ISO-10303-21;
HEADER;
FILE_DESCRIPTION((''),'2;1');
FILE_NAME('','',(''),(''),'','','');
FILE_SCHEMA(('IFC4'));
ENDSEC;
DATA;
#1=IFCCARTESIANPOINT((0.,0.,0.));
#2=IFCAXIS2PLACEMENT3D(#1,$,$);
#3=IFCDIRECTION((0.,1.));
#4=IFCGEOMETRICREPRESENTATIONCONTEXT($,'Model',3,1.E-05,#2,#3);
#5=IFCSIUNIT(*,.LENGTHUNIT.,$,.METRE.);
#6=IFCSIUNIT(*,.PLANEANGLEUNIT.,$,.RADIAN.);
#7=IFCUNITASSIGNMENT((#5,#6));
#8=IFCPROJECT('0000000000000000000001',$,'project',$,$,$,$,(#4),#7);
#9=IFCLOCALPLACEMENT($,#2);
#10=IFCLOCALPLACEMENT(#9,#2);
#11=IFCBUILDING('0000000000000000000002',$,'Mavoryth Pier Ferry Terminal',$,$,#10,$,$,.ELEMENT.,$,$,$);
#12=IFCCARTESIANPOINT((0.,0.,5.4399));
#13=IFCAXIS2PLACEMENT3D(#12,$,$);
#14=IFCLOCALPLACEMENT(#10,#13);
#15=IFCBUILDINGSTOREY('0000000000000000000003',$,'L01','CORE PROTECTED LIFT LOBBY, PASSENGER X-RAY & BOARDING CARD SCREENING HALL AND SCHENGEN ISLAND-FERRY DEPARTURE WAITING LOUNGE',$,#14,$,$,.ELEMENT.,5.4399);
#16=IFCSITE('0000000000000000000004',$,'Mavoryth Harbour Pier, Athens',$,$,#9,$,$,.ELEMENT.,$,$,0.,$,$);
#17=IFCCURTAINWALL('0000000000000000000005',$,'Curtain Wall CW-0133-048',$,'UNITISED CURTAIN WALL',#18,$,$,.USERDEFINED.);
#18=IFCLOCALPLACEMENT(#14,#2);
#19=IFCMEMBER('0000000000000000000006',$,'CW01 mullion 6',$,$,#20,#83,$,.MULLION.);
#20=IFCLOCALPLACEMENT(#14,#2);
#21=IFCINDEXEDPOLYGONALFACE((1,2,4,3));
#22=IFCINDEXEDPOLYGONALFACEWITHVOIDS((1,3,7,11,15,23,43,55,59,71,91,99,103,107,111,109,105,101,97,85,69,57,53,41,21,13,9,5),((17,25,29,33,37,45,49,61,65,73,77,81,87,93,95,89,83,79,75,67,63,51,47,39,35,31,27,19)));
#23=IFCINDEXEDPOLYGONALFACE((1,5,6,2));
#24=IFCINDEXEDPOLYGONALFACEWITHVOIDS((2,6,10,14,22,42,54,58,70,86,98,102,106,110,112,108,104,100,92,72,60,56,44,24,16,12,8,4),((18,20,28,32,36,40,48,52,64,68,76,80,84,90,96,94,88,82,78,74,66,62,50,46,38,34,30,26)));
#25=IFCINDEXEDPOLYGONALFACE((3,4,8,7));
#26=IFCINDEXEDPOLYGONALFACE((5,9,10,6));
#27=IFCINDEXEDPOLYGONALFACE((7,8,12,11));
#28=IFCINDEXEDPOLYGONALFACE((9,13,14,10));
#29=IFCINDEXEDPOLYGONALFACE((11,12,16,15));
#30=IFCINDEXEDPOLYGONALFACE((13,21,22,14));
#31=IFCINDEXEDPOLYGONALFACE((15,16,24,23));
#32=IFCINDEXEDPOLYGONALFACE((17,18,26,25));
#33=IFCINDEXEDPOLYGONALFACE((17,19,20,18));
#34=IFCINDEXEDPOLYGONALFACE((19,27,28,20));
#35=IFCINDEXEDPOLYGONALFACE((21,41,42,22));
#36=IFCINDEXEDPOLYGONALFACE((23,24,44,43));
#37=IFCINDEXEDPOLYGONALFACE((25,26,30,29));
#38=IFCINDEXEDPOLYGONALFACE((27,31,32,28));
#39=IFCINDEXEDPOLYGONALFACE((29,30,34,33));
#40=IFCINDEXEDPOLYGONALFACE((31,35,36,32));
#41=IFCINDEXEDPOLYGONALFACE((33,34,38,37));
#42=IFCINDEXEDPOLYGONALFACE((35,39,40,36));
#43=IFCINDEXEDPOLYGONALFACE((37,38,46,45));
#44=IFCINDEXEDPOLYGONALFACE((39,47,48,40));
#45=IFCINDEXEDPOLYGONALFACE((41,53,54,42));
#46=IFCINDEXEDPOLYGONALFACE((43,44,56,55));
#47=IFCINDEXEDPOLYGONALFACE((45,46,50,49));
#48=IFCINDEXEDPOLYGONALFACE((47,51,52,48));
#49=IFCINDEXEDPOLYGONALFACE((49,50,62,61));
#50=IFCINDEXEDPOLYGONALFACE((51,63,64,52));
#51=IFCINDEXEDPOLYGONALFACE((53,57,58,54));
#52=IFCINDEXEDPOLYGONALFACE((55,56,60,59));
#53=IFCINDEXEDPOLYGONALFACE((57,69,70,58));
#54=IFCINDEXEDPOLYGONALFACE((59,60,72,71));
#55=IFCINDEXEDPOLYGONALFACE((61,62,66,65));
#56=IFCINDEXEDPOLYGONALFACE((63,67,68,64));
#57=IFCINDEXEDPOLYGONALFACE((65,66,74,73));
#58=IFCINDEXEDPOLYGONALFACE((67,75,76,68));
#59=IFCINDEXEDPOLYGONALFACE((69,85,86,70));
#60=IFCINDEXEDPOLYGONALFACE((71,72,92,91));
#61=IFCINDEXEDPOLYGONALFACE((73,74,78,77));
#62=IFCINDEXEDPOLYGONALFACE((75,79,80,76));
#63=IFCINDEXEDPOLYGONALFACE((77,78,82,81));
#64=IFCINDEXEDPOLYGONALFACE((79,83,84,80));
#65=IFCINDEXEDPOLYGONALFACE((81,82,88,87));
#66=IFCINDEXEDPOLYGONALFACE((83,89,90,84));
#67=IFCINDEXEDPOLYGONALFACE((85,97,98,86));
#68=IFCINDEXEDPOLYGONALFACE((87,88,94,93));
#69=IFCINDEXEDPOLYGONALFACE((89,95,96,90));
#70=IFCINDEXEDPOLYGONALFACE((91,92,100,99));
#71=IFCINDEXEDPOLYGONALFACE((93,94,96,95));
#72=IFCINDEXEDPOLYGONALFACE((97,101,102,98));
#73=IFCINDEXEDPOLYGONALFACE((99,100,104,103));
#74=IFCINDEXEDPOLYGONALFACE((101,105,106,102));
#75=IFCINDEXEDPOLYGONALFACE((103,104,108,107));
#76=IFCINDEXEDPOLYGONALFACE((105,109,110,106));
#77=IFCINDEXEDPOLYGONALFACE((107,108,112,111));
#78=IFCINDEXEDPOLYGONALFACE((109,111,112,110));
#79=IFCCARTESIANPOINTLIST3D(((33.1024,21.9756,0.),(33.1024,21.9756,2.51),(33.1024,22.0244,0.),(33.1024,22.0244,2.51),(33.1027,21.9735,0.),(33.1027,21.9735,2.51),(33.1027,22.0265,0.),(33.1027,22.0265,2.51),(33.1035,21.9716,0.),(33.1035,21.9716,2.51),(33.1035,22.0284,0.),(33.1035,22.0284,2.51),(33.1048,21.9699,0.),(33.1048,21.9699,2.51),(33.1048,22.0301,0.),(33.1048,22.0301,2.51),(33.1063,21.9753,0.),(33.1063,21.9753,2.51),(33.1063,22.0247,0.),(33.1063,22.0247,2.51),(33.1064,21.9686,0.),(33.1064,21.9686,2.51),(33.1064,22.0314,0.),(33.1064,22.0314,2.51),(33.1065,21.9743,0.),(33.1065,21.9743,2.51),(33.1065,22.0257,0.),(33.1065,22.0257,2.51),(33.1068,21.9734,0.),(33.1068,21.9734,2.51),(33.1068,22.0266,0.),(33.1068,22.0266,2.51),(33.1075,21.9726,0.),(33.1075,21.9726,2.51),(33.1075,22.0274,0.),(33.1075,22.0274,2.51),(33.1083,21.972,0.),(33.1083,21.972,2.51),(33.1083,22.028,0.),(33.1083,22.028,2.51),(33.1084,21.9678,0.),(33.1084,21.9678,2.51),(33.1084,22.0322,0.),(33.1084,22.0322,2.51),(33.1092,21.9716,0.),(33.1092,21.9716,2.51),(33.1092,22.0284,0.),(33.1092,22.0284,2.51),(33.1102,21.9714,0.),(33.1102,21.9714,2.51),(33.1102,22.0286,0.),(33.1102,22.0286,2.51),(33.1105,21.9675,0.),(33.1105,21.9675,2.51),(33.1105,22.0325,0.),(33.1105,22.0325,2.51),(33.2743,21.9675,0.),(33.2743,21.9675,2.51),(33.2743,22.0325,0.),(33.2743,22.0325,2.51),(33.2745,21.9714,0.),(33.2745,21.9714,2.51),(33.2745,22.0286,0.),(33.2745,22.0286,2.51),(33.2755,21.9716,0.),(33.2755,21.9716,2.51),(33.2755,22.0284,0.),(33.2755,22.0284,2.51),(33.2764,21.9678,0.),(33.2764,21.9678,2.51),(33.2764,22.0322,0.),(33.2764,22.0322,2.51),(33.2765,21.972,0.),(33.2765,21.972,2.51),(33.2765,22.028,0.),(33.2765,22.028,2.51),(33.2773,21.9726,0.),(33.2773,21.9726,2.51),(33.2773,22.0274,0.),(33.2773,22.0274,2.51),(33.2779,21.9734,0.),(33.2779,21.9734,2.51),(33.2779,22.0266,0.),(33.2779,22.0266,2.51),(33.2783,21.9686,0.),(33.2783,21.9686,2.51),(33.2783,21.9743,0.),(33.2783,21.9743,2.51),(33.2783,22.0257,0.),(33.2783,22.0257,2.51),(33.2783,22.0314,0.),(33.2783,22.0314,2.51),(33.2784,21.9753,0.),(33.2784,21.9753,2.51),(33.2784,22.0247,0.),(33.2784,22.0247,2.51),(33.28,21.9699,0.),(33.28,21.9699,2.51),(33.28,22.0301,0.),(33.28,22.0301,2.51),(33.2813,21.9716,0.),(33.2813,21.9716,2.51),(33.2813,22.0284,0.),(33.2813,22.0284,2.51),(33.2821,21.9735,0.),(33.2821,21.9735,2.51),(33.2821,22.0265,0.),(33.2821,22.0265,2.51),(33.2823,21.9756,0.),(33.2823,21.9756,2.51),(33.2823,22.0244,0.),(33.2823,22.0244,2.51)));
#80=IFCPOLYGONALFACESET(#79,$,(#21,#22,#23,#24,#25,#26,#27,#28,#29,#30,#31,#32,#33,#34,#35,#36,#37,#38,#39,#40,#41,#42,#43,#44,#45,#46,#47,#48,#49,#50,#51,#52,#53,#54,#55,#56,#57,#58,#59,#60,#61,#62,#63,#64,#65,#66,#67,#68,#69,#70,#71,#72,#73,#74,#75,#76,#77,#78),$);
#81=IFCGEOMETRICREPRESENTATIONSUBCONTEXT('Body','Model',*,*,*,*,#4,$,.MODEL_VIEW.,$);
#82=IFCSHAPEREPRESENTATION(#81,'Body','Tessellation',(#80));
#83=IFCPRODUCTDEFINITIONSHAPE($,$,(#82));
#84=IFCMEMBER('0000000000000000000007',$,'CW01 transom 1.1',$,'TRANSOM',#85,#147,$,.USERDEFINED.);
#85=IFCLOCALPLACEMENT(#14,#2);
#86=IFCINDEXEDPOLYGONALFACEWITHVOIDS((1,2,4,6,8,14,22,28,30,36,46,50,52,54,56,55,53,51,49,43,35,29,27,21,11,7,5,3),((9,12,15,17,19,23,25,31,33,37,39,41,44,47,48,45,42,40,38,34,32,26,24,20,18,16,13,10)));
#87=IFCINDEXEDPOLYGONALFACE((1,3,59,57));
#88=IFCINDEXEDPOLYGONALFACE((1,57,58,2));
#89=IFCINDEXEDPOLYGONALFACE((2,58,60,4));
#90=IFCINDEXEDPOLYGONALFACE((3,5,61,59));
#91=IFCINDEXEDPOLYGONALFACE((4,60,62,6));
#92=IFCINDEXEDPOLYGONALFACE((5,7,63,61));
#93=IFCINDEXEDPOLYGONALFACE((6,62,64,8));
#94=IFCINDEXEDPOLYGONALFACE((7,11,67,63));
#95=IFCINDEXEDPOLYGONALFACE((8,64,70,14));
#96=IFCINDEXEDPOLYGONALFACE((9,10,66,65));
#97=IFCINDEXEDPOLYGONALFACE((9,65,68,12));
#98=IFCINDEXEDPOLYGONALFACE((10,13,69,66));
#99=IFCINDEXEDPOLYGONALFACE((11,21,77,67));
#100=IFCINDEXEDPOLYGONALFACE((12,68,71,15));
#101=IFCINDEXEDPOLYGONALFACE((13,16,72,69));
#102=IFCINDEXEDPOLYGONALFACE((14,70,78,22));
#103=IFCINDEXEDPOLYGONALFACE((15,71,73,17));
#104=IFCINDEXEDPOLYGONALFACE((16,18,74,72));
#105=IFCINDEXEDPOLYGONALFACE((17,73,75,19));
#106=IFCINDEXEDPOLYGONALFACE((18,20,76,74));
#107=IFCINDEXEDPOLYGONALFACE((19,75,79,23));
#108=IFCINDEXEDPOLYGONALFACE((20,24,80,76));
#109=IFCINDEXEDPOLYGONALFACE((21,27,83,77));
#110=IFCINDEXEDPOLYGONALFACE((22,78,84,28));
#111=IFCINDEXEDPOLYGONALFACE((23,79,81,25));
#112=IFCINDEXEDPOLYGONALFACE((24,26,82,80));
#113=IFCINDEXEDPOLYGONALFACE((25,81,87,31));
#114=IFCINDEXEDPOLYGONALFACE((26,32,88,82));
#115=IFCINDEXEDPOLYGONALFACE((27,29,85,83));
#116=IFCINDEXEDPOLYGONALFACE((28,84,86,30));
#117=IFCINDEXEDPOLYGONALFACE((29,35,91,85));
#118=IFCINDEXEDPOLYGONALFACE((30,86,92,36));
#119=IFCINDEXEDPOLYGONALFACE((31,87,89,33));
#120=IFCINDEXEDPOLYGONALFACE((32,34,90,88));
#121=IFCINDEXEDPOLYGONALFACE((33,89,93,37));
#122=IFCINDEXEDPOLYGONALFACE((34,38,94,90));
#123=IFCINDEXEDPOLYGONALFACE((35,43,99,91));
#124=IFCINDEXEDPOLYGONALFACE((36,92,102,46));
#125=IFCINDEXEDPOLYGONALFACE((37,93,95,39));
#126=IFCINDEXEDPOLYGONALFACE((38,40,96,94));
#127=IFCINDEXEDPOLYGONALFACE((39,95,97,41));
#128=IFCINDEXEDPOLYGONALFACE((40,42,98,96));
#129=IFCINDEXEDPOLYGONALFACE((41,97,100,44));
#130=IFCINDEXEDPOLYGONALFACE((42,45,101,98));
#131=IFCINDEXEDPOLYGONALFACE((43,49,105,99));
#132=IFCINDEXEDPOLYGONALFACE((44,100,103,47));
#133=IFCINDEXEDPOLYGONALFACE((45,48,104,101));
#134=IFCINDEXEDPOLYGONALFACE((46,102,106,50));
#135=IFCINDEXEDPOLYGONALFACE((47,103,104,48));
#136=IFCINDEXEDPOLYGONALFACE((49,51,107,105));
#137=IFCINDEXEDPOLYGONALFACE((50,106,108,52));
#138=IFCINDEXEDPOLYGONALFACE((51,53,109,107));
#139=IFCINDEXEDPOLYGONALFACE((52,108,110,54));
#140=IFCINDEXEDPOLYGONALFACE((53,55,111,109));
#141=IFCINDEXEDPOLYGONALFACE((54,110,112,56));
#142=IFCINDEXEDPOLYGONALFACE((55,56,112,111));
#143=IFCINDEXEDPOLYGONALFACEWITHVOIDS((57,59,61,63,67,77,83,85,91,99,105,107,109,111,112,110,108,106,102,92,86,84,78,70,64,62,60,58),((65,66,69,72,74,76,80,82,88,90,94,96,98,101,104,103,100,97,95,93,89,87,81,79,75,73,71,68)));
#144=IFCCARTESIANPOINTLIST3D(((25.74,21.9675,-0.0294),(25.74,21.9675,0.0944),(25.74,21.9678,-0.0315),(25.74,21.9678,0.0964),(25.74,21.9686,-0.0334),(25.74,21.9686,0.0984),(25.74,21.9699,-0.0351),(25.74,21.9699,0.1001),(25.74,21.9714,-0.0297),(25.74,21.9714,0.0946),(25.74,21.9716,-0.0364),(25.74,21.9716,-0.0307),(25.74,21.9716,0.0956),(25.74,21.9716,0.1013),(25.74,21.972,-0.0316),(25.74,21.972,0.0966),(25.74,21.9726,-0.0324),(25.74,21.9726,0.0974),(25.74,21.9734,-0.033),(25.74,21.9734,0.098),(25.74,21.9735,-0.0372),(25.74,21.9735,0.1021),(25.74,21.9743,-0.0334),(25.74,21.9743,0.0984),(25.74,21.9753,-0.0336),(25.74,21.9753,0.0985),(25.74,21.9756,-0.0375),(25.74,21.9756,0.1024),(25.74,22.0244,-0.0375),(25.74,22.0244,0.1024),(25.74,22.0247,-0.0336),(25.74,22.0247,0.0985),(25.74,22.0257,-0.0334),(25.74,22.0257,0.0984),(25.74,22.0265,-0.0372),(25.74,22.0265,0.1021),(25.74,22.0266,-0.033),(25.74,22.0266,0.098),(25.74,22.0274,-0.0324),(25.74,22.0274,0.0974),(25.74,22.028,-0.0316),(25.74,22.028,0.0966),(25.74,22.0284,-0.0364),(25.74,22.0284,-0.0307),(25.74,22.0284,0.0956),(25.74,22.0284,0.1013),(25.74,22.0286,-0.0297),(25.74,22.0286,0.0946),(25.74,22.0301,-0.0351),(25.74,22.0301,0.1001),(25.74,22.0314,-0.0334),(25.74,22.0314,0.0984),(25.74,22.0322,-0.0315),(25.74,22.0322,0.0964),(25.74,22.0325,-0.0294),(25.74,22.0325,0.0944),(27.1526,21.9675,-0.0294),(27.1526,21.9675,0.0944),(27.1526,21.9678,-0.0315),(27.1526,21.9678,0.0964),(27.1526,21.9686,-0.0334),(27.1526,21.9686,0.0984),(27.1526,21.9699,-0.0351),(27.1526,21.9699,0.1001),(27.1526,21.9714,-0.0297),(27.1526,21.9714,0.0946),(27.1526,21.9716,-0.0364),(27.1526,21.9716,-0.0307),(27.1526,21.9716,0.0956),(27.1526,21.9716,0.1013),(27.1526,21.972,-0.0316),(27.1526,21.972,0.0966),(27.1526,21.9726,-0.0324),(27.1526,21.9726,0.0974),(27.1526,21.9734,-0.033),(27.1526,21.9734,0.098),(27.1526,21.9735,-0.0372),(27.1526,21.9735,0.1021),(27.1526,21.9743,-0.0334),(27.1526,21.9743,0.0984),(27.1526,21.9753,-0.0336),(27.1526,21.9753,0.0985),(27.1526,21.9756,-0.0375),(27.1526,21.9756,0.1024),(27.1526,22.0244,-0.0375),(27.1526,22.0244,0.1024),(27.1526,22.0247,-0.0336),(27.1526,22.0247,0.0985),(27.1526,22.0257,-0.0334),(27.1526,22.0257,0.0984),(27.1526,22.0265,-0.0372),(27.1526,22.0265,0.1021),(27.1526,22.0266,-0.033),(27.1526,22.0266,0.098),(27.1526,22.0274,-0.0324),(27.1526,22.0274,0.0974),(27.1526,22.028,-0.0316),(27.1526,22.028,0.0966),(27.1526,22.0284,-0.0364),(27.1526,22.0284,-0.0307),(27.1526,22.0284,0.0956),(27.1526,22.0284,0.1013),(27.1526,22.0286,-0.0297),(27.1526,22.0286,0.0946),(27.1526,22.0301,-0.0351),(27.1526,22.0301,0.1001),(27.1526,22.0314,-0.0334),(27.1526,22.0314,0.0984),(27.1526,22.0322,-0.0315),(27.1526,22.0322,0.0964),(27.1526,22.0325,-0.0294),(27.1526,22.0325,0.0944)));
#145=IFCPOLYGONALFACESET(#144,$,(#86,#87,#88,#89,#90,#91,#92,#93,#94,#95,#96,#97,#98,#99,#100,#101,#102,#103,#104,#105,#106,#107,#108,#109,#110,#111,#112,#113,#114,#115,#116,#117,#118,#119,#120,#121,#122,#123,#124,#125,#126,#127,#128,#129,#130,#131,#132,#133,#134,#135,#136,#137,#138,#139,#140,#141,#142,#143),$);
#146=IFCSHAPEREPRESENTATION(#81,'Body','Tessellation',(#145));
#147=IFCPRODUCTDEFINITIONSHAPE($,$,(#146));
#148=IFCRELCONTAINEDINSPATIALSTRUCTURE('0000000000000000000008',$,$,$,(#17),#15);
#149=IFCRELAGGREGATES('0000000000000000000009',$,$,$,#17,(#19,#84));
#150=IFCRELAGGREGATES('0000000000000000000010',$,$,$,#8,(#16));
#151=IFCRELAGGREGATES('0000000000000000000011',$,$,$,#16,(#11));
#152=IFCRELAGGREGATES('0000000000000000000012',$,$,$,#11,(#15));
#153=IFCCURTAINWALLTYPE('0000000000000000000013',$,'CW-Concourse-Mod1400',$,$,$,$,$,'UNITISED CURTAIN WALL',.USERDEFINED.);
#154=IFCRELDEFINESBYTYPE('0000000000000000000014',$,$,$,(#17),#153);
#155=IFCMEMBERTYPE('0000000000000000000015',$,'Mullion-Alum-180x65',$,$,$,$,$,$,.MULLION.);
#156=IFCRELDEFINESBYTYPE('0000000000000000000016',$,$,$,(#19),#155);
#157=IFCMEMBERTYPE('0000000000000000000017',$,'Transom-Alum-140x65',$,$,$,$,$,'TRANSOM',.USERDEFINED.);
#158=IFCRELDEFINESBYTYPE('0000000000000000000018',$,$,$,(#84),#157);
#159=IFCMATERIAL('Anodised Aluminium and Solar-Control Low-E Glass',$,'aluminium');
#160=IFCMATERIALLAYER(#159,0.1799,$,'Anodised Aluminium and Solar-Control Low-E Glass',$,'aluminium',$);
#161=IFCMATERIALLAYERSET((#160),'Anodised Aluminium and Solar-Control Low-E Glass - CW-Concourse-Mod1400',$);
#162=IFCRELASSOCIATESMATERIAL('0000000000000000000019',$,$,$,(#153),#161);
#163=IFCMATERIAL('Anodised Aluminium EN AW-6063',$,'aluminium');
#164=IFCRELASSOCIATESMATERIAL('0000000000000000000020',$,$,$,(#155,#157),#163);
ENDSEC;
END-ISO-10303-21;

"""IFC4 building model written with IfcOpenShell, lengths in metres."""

from ifc_helpers import new_model, si_unit, direction, frame, origin, origin_2d, place, context, subcontext, project, spatial, hollow_rectangle, extrude, material, layer, layer_set, material_profile, profile_set, type_object, element, aggregate, save


model = new_model("IFC4")

# Units and contexts
model_context = context("Model", 3, precision=1e-05, world=origin(), true_north=direction((0.0, 1.0)))
body_context = subcontext(model_context, "Body", "Model", "MODEL_VIEW")
ifc_project = project(units=[si_unit("LENGTHUNIT", "METRE"), si_unit("PLANEANGLEUNIT", "RADIAN")], contexts=[model_context])

# Site, building, storey
site_placement = place(None, origin())
site = spatial("IfcSite", under=ifc_project, at=site_placement, Name="Mavoryth Harbour Pier, Athens", CompositionType="ELEMENT", RefElevation=0.0)
building_placement = place(site_placement, origin())
building = spatial("IfcBuilding", under=site, at=building_placement, Name="Mavoryth Pier Ferry Terminal", CompositionType="ELEMENT")
storey_placement = place(building_placement, frame((0.0, 0.0, 5.4399)))
storey = spatial("IfcBuildingStorey", under=building, at=storey_placement, Name="L01", Description="CORE PROTECTED LIFT LOBBY, PASSENGER X-RAY & BOARDING CARD SCREENING HALL AND SCHENGEN ISLAND-FERRY DEPARTURE WAITING LOUNGE", CompositionType="ELEMENT", Elevation=5.4399)

# Shared definitions
ifc_material_1 = material(Name="Anodised Aluminium and Solar-Control Low-E Glass", Category="aluminium")
ifc_layer_1 = layer(ifc_material_1, 0.1799, Name="Anodised Aluminium and Solar-Control Low-E Glass", Category="aluminium")
ifc_layer_set_1 = layer_set([ifc_layer_1], Name="Anodised Aluminium and Solar-Control Low-E Glass - CW-Concourse-Mod1400")
curtain_wall_type = type_object("IfcCurtainWallType", Name="CW-Concourse-Mod1400", ElementType="UNITISED CURTAIN WALL", PredefinedType="USERDEFINED", material=ifc_layer_set_1)
ifc_material_2 = material(Name="Anodised Aluminium EN AW-6063", Category="aluminium")
ifc_material_profile_1 = material_profile(ifc_material_2, hollow_rectangle(XDim=0.0649, YDim=0.1799, WallThickness=0.0039, InnerFilletRadius=0.0039, OuterFilletRadius=0.0081, at=origin_2d()), Name="AL-MULL 180x65x4", Category="aluminium")
ifc_profile_set_1 = profile_set([ifc_material_profile_1], Name="Anodised Aluminium EN AW-6063 - AL-MULL 180x65x4")
member_type_1 = type_object("IfcMemberType", Name="Mullion-Alum-180x65", PredefinedType="MULLION", material=ifc_profile_set_1)

# Curtain wall, members
curtain_wall_1_placement = place(storey_placement, origin())
curtain_wall_1 = element("IfcCurtainWall", 1, at=curtain_wall_1_placement, inside=storey, type_object=curtain_wall_type, Name="Curtain Wall CW-0133-048", ObjectType="UNITISED CURTAIN WALL", PredefinedType="USERDEFINED")
member_1_placement = place(storey_placement, frame((33.1924, 22.0, 0.0), z_axis=(0.0, 0.0, 1.0), x_axis=(0.0, 1.0, 0.0)))
member_1 = element("IfcMember", 2, at=member_1_placement, type_object=member_type_1, Name="CW01 mullion 6", PredefinedType="MULLION", context=body_context, shape_type="SweptSolid", body=[
    extrude(hollow_rectangle(XDim=0.0649, YDim=0.1799, WallThickness=0.0039, InnerFilletRadius=0.0039, OuterFilletRadius=0.0081, at=origin_2d()), origin(), (0.0, 0.0, 1.0), 2.51),
])
ifc_material_profile_2 = material_profile(ifc_material_2, hollow_rectangle(XDim=0.0649, YDim=0.1399, WallThickness=0.0039, InnerFilletRadius=0.0039, OuterFilletRadius=0.0081, at=origin_2d()), Name="AL-TRAN 140x65x4", Category="aluminium")
ifc_profile_set_2 = profile_set([ifc_material_profile_2], Name="Anodised Aluminium EN AW-6063 - AL-TRAN 140x65x4")
member_type_2 = type_object("IfcMemberType", Name="Transom-Alum-140x65", ElementType="TRANSOM", PredefinedType="USERDEFINED", material=ifc_profile_set_2)
member_2_placement = place(storey_placement, frame((25.74, 22.0, 0.0325), z_axis=(1.0, 0.0, 0.0), x_axis=(0.0, 1.0, 0.0)))
member_2 = element("IfcMember", 3, at=member_2_placement, type_object=member_type_2, Name="CW01 transom 1.1", ObjectType="TRANSOM", PredefinedType="USERDEFINED", context=body_context, shape_type="SweptSolid", body=[
    extrude(hollow_rectangle(XDim=0.0649, YDim=0.1399, WallThickness=0.0039, InnerFilletRadius=0.0039, OuterFilletRadius=0.0081, at=origin_2d()), origin(), (0.0, 0.0, 1.0), 1.4126),
])

aggregate(curtain_wall_1, [member_1, member_2])

save(model, "model.ifc")
